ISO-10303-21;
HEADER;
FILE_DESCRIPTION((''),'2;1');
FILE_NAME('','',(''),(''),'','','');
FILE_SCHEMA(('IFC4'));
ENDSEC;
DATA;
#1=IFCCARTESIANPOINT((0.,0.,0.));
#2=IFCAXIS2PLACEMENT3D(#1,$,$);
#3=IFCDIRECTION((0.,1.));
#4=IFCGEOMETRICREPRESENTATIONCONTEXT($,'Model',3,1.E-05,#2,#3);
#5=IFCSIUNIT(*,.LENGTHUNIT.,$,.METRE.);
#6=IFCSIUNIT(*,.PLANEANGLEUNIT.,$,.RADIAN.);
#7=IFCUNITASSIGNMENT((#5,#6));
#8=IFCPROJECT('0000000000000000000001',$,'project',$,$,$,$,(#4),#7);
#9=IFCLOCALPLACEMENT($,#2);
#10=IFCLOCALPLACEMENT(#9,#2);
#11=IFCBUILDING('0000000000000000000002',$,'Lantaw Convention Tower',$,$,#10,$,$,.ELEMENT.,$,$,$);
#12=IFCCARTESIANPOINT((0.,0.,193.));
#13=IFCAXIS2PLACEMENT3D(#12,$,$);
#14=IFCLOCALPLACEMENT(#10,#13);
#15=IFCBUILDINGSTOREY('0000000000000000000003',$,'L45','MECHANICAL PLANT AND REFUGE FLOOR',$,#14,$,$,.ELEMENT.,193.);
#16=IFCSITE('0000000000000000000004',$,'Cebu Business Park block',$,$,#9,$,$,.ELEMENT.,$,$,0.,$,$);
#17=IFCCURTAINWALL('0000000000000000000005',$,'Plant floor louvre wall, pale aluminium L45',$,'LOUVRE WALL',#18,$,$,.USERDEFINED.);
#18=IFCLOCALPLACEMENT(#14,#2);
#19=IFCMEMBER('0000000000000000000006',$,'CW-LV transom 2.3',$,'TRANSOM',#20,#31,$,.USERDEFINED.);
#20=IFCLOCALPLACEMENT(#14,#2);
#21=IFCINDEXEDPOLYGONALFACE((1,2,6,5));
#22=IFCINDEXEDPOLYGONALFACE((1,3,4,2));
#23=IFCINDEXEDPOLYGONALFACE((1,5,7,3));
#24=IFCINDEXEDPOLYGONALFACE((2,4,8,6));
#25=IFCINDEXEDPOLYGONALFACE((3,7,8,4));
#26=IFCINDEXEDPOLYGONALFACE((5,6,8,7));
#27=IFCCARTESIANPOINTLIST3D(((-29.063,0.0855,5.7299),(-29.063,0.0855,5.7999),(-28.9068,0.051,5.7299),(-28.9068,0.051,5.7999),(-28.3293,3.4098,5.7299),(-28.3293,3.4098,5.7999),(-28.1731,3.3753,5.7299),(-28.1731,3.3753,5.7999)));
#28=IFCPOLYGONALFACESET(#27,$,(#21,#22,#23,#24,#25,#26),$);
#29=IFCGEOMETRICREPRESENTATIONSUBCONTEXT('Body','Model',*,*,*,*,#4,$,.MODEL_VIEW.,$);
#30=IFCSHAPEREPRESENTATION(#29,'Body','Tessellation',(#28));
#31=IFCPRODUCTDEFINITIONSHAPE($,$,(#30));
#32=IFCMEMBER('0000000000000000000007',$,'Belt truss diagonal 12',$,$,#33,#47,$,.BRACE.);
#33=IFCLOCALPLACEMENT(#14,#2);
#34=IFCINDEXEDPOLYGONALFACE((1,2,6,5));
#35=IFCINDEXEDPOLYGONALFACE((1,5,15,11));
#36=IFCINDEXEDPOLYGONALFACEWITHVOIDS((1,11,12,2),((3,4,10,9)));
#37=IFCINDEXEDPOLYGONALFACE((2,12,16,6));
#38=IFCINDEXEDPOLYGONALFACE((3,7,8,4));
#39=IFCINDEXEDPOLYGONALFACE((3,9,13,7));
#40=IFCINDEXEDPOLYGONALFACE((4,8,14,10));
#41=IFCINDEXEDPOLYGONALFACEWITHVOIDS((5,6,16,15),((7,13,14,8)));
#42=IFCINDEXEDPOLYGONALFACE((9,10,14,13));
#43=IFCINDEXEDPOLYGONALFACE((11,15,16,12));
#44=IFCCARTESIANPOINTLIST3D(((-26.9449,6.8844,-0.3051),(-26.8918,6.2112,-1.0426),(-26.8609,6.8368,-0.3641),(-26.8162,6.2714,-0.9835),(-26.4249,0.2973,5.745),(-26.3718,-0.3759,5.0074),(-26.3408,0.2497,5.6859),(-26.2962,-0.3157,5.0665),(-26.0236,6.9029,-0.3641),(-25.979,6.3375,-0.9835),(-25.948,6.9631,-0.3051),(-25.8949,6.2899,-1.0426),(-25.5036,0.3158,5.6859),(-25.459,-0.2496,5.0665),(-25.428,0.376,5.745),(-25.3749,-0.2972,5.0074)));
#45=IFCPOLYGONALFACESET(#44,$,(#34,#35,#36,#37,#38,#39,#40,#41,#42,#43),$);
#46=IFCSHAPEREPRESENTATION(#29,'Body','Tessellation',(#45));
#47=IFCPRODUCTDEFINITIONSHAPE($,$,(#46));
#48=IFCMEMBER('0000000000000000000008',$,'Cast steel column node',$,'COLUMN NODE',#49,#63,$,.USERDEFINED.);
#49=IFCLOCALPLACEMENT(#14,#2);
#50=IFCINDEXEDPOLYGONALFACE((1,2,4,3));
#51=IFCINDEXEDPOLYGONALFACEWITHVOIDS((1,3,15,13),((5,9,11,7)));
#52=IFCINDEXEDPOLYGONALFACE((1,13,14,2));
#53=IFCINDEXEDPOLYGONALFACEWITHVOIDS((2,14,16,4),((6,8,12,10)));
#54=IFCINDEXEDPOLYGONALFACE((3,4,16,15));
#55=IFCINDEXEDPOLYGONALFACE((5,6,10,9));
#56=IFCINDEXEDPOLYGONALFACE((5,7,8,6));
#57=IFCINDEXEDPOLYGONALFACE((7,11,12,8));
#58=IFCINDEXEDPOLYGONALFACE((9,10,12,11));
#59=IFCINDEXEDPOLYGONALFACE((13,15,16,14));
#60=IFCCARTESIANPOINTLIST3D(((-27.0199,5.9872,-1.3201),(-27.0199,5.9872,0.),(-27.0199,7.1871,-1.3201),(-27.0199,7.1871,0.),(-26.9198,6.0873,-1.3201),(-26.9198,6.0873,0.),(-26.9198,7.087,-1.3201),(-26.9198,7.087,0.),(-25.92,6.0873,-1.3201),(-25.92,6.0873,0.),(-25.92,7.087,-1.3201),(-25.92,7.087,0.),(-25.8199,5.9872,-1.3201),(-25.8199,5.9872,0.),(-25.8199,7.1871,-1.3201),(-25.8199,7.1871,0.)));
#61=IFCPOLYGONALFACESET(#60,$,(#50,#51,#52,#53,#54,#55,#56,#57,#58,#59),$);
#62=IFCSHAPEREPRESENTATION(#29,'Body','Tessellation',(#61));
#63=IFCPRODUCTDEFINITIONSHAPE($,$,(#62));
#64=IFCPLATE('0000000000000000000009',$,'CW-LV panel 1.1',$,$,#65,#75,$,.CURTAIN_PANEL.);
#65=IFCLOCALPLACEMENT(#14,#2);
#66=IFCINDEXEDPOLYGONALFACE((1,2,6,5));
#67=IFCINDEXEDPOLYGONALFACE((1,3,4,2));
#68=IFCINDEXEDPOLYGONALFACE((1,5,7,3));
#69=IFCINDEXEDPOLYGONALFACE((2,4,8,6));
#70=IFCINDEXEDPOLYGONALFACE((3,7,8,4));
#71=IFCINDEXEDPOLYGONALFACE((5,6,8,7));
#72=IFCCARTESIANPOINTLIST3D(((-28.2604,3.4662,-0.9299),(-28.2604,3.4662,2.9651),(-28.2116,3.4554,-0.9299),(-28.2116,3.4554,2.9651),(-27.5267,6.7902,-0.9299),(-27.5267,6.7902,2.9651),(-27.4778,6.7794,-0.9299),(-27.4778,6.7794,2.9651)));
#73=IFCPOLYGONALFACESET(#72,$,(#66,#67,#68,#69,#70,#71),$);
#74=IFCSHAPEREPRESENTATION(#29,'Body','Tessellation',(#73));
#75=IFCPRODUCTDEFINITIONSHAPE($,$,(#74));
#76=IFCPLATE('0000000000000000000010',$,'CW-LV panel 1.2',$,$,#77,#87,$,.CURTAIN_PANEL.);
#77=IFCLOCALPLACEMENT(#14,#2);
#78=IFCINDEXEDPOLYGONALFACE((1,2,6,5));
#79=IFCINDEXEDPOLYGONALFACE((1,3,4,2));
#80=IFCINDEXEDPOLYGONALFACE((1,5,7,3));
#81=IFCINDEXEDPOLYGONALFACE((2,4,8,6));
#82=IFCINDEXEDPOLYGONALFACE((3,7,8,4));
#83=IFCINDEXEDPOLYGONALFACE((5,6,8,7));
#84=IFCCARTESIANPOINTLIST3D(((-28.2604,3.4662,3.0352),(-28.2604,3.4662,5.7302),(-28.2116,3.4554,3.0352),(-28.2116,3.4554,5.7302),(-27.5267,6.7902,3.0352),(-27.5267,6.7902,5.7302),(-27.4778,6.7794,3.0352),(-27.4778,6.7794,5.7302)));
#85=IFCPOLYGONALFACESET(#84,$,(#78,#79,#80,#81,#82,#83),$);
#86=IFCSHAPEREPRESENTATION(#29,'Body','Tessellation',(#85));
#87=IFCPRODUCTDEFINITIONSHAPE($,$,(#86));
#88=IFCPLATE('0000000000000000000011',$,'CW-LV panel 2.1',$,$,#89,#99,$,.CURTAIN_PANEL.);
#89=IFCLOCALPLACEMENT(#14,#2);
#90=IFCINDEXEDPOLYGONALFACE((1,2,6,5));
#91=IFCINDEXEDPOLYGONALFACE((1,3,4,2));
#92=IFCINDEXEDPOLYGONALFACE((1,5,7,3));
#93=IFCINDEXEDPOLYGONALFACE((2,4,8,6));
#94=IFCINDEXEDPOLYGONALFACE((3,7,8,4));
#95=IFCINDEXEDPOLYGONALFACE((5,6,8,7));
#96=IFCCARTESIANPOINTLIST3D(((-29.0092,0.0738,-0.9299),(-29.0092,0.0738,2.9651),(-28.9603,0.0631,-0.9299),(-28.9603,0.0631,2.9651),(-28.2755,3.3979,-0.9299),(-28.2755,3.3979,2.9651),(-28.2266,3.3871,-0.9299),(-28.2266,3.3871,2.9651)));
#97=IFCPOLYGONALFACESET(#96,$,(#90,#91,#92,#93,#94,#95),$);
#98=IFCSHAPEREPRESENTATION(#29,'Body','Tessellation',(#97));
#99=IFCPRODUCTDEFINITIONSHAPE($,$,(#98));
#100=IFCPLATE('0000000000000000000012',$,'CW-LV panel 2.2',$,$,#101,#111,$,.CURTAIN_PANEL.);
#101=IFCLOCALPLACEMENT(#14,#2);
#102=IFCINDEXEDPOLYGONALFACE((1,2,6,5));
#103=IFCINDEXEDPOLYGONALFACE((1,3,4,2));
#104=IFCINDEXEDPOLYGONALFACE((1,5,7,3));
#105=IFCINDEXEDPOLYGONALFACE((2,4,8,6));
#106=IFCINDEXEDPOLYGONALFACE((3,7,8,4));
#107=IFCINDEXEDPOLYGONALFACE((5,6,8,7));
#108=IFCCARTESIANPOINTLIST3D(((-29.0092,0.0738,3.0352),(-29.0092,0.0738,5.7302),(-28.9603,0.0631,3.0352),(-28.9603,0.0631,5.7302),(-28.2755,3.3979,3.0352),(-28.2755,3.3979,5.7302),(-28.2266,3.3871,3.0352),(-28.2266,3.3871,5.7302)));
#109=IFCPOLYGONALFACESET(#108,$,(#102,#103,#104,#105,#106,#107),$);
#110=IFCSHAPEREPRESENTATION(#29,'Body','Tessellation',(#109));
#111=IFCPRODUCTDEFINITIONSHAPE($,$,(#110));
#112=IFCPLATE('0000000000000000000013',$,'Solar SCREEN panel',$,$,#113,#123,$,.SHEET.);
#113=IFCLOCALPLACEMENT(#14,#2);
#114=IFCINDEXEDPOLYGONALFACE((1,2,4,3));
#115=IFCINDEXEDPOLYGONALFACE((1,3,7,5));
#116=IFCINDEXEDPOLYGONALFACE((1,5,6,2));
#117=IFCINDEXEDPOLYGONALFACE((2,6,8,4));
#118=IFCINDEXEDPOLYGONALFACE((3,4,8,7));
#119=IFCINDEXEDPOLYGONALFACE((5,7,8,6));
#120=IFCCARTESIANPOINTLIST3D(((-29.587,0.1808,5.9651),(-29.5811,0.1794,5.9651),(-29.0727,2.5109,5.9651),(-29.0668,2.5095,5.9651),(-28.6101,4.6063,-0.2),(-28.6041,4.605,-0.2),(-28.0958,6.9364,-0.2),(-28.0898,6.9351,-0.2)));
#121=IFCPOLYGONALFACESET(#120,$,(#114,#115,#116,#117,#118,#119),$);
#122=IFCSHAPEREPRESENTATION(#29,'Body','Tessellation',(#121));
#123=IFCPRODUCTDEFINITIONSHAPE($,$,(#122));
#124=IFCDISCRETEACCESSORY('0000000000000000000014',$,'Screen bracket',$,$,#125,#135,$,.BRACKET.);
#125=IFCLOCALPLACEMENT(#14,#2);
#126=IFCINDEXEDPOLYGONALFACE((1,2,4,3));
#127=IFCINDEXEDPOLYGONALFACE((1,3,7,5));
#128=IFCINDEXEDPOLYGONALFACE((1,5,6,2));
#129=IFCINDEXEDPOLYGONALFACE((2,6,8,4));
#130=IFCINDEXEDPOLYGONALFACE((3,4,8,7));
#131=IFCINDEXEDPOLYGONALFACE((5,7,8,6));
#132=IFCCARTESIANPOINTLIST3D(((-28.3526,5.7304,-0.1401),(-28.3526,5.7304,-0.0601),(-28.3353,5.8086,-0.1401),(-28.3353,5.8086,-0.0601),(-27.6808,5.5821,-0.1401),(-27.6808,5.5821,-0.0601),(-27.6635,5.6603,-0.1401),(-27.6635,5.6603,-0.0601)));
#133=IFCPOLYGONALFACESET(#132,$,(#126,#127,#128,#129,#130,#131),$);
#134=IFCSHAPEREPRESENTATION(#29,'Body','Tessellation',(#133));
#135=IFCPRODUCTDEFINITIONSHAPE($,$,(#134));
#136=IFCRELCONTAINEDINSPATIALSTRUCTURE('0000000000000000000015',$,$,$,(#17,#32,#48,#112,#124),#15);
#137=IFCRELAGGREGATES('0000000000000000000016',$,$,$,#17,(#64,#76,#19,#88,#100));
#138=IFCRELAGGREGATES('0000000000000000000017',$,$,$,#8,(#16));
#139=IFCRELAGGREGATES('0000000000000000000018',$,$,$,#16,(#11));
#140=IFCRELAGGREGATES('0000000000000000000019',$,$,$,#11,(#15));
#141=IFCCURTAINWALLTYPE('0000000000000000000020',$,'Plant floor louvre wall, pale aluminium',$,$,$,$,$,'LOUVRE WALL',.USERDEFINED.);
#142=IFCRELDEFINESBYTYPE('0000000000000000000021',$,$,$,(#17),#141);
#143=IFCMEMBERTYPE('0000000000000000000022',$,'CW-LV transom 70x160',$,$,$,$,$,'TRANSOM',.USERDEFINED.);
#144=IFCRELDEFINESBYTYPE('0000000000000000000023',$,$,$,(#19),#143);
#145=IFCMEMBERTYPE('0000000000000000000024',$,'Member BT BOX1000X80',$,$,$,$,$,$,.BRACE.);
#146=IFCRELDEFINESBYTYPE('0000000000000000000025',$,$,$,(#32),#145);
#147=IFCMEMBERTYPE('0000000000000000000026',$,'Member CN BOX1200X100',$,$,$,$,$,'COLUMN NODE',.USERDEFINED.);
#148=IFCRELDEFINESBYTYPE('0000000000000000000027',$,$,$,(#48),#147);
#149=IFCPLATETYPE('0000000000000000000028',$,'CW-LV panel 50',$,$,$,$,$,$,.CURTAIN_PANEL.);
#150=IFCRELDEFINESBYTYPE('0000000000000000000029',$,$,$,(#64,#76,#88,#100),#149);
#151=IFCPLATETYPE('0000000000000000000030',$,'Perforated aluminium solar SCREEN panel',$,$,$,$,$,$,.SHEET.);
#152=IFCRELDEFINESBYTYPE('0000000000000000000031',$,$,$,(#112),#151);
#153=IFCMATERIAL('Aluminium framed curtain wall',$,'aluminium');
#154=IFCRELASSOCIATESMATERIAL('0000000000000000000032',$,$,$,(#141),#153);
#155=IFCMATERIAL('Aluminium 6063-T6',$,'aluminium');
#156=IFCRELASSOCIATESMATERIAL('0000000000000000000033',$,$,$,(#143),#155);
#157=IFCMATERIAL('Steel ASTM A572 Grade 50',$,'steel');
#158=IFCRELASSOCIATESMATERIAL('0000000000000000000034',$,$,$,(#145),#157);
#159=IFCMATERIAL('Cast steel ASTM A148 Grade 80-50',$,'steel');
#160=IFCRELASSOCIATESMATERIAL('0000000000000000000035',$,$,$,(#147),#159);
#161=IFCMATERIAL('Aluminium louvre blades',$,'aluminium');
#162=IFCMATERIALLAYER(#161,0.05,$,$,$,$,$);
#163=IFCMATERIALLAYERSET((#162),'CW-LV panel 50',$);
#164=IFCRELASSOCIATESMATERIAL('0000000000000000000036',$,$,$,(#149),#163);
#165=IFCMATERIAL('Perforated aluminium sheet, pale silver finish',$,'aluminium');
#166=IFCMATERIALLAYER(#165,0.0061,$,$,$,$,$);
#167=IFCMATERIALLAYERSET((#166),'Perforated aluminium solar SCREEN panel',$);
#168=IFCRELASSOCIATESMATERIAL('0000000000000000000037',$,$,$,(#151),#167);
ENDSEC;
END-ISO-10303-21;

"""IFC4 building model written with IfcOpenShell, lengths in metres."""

from ifc_helpers import new_model, si_unit, direction, frame, origin, origin_2d, place, context, subcontext, project, spatial, polyline, rectangle, hollow_rectangle, outline, extrude, material, layer, layer_set, material_profile, profile_set, type_object, element, aggregate, save


model = new_model("IFC4")

# Units and contexts
model_context = context("Model", 3, precision=1e-05, world=origin(), true_north=direction((0.0, 1.0)))
body_context = subcontext(model_context, "Body", "Model", "MODEL_VIEW")
ifc_project = project(units=[si_unit("LENGTHUNIT", "METRE"), si_unit("PLANEANGLEUNIT", "RADIAN")], contexts=[model_context])

# Site, building, storey
site_placement = place(None, origin())
site = spatial("IfcSite", under=ifc_project, at=site_placement, Name="Cebu Business Park block", CompositionType="ELEMENT", RefElevation=0.0)
building_placement = place(site_placement, origin())
building = spatial("IfcBuilding", under=site, at=building_placement, Name="Lantaw Convention Tower", CompositionType="ELEMENT")
storey_placement = place(building_placement, frame((0.0, 0.0, 193.0)))
storey = spatial("IfcBuildingStorey", under=building, at=storey_placement, Name="L45", Description="MECHANICAL PLANT AND REFUGE FLOOR", CompositionType="ELEMENT", Elevation=193.0)

# Shared definitions
ifc_material_1 = material(Name="Aluminium framed curtain wall", Category="aluminium")
curtain_wall_type = type_object("IfcCurtainWallType", Name="Plant floor louvre wall, pale aluminium", ElementType="LOUVRE WALL", PredefinedType="USERDEFINED", material=ifc_material_1)
ifc_material_2 = material(Name="Aluminium 6063-T6", Category="aluminium")

# Curtain wall, member
curtain_wall_1_placement = place(storey_placement, origin())
curtain_wall_1 = element("IfcCurtainWall", 1, at=curtain_wall_1_placement, inside=storey, type_object=curtain_wall_type, Name="Plant floor louvre wall, pale aluminium L45", ObjectType="LOUVRE WALL", PredefinedType="USERDEFINED")
ifc_material_profile_1 = material_profile(ifc_material_2, rectangle(XDim=0.1599, YDim=0.0701, at=origin_2d()), Name="CW-LV transom 70x160")
ifc_profile_set_1 = profile_set([ifc_material_profile_1], Name="Aluminium 6063-T6")
member_type_1 = type_object("IfcMemberType", Name="CW-LV transom 70x160", ElementType="TRANSOM", PredefinedType="USERDEFINED", material=ifc_profile_set_1)
member_1_placement = place(storey_placement, frame((-28.2512, 3.3926, 5.7649), z_axis=(-0.21551, -0.976502, 0.0), x_axis=(0.976502, -0.21551, 0.0)))
member_1 = element("IfcMember", 2, at=member_1_placement, type_object=member_type_1, Name="CW-LV transom 2.3", ObjectType="TRANSOM", PredefinedType="USERDEFINED", context=body_context, shape_type="SweptSolid", body=[
    extrude(rectangle(XDim=0.1599, YDim=0.0701, at=origin_2d()), origin(), (0.0, 0.0, 1.0), 3.4043),
])

# Members
ifc_material_3 = material(Name="Steel ASTM A572 Grade 50", Category="steel")
ifc_material_profile_2 = material_profile(ifc_material_3, hollow_rectangle(XDim=1.0, YDim=1.0, WallThickness=0.0801, at=origin_2d()), Name="BOX1000X80")
ifc_profile_set_2 = profile_set([ifc_material_profile_2], Name="Steel ASTM A572 Grade 50")
member_type_2 = type_object("IfcMemberType", Name="Member BT BOX1000X80", PredefinedType="BRACE", material=ifc_profile_set_2)
member_2_placement = place(storey_placement, frame((-26.4199, 6.5872, -0.6738), z_axis=(0.058044, -0.735254, 0.675302), x_axis=(0.996898, 0.0787, 0.0)))
element("IfcMember", 3, at=member_2_placement, inside=storey, type_object=member_type_2, Name="Belt truss diagonal 12", PredefinedType="BRACE", context=body_context, shape_type="SweptSolid", body=[
    extrude(hollow_rectangle(XDim=1.0, YDim=1.0, WallThickness=0.0801, at=origin_2d()), origin(), (0.0, 0.0, 1.0), 8.959),
])
ifc_material_4 = material(Name="Cast steel ASTM A148 Grade 80-50", Category="steel")
ifc_material_profile_3 = material_profile(ifc_material_4, hollow_rectangle(XDim=1.2, YDim=1.2, WallThickness=0.1001, at=origin_2d()), Name="BOX1200X100")
ifc_profile_set_3 = profile_set([ifc_material_profile_3], Name="Cast steel ASTM A148 Grade 80-50")
member_type_3 = type_object("IfcMemberType", Name="Member CN BOX1200X100", ElementType="COLUMN NODE", PredefinedType="USERDEFINED", material=ifc_profile_set_3)
member_3_placement = place(storey_placement, frame((-26.4199, 6.5872, -1.3201), z_axis=(0.0, 0.0, 1.0), x_axis=(1.0, 0.0, 0.0)))
element("IfcMember", 4, at=member_3_placement, inside=storey, type_object=member_type_3, Name="Cast steel column node", ObjectType="COLUMN NODE", PredefinedType="USERDEFINED", context=body_context, shape_type="SweptSolid", body=[
    extrude(hollow_rectangle(XDim=1.2, YDim=1.2, WallThickness=0.1001, at=origin_2d()), origin(), (0.0, 0.0, 1.0), 1.3201),
])

# Plates
ifc_material_5 = material(Name="Aluminium louvre blades", Category="aluminium")
ifc_layer_1 = layer(ifc_material_5, 0.05)
ifc_layer_set_1 = layer_set([ifc_layer_1], Name="CW-LV panel 50")
plate_type_1 = type_object("IfcPlateType", Name="CW-LV panel 50", PredefinedType="CURTAIN_PANEL", material=ifc_layer_set_1)
plate_1_placement = place(storey_placement, frame((-27.8691, 5.1228, -0.9299), z_axis=(0.0, 0.0, 1.0), x_axis=(-0.215546, -0.976494, 0.0)))
plate_1 = element("IfcPlate", 5, at=plate_1_placement, type_object=plate_type_1, Name="CW-LV panel 1.1", PredefinedType="CURTAIN_PANEL", context=body_context, shape_type="SweptSolid", body=[
    extrude(rectangle(XDim=3.4041, YDim=0.05, at=origin_2d()), origin(), (0.0, 0.0, 1.0), 3.895),
])
plate_2_placement = place(storey_placement, frame((-27.8691, 5.1228, 3.0352), z_axis=(0.0, 0.0, 1.0), x_axis=(-0.215546, -0.976494, 0.0)))
plate_2 = element("IfcPlate", 6, at=plate_2_placement, type_object=plate_type_1, Name="CW-LV panel 1.2", PredefinedType="CURTAIN_PANEL", context=body_context, shape_type="SweptSolid", body=[
    extrude(rectangle(XDim=3.4041, YDim=0.05, at=origin_2d()), origin(), (0.0, 0.0, 1.0), 2.6951),
])
plate_3_placement = place(storey_placement, frame((-28.6179, 1.7305, -0.9299), z_axis=(0.0, 0.0, 1.0), x_axis=(-0.215546, -0.976494, 0.0)))
plate_3 = element("IfcPlate", 7, at=plate_3_placement, type_object=plate_type_1, Name="CW-LV panel 2.1", PredefinedType="CURTAIN_PANEL", context=body_context, shape_type="SweptSolid", body=[
    extrude(rectangle(XDim=3.4041, YDim=0.05, at=origin_2d()), origin(), (0.0, 0.0, 1.0), 3.895),
])
plate_4_placement = place(storey_placement, frame((-28.6179, 1.7305, 3.0352), z_axis=(0.0, 0.0, 1.0), x_axis=(-0.215546, -0.976494, 0.0)))
plate_4 = element("IfcPlate", 8, at=plate_4_placement, type_object=plate_type_1, Name="CW-LV panel 2.2", PredefinedType="CURTAIN_PANEL", context=body_context, shape_type="SweptSolid", body=[
    extrude(rectangle(XDim=3.4041, YDim=0.05, at=origin_2d()), origin(), (0.0, 0.0, 1.0), 2.6951),
])
aggregate(curtain_wall_1, [plate_1, plate_2, member_1, plate_3, plate_4])
ifc_material_6 = material(Name="Perforated aluminium sheet, pale silver finish", Category="aluminium")
ifc_layer_2 = layer(ifc_material_6, 0.0061)
ifc_layer_set_2 = layer_set([ifc_layer_2], Name="Perforated aluminium solar SCREEN panel")
plate_type_2 = type_object("IfcPlateType", Name="Perforated aluminium solar SCREEN panel", PredefinedType="SHEET", material=ifc_layer_set_2)
plate_5_placement = place(storey_placement, frame((-28.0898, 6.9351, -0.2), z_axis=(0.976498, -0.215527, 0.000023), x_axis=(-0.215527, -0.976498, 0.0)))
element("IfcPlate", 9, at=plate_5_placement, inside=storey, type_object=plate_type_2, Name="Solar SCREEN panel", PredefinedType="SHEET", context=body_context, shape_type="SweptSolid", body=[
    extrude(outline(polyline([(0.0, 0.0), (2.3861, 0.0), (6.9182, -6.165), (4.5321, -6.165), (0.0, 0.0)])), origin(), (0.0, 0.0, -1.0), 0.0061),
])

# Discrete accessory
discrete_accessory_placement = place(storey_placement, frame((-28.0081, 5.6953, -0.1401), z_axis=(0.0, 0.0, 1.0), x_axis=(-0.215546, -0.976494, 0.0)))
element("IfcDiscreteAccessory", 10, at=discrete_accessory_placement, inside=storey, Name="Screen bracket", PredefinedType="BRACKET", context=body_context, shape_type="SweptSolid", body=[
    extrude(rectangle(XDim=0.0801, YDim=0.688, at=origin_2d()), origin(), (0.0, 0.0, 1.0), 0.0801),
])

save(model, "model.ifc")
